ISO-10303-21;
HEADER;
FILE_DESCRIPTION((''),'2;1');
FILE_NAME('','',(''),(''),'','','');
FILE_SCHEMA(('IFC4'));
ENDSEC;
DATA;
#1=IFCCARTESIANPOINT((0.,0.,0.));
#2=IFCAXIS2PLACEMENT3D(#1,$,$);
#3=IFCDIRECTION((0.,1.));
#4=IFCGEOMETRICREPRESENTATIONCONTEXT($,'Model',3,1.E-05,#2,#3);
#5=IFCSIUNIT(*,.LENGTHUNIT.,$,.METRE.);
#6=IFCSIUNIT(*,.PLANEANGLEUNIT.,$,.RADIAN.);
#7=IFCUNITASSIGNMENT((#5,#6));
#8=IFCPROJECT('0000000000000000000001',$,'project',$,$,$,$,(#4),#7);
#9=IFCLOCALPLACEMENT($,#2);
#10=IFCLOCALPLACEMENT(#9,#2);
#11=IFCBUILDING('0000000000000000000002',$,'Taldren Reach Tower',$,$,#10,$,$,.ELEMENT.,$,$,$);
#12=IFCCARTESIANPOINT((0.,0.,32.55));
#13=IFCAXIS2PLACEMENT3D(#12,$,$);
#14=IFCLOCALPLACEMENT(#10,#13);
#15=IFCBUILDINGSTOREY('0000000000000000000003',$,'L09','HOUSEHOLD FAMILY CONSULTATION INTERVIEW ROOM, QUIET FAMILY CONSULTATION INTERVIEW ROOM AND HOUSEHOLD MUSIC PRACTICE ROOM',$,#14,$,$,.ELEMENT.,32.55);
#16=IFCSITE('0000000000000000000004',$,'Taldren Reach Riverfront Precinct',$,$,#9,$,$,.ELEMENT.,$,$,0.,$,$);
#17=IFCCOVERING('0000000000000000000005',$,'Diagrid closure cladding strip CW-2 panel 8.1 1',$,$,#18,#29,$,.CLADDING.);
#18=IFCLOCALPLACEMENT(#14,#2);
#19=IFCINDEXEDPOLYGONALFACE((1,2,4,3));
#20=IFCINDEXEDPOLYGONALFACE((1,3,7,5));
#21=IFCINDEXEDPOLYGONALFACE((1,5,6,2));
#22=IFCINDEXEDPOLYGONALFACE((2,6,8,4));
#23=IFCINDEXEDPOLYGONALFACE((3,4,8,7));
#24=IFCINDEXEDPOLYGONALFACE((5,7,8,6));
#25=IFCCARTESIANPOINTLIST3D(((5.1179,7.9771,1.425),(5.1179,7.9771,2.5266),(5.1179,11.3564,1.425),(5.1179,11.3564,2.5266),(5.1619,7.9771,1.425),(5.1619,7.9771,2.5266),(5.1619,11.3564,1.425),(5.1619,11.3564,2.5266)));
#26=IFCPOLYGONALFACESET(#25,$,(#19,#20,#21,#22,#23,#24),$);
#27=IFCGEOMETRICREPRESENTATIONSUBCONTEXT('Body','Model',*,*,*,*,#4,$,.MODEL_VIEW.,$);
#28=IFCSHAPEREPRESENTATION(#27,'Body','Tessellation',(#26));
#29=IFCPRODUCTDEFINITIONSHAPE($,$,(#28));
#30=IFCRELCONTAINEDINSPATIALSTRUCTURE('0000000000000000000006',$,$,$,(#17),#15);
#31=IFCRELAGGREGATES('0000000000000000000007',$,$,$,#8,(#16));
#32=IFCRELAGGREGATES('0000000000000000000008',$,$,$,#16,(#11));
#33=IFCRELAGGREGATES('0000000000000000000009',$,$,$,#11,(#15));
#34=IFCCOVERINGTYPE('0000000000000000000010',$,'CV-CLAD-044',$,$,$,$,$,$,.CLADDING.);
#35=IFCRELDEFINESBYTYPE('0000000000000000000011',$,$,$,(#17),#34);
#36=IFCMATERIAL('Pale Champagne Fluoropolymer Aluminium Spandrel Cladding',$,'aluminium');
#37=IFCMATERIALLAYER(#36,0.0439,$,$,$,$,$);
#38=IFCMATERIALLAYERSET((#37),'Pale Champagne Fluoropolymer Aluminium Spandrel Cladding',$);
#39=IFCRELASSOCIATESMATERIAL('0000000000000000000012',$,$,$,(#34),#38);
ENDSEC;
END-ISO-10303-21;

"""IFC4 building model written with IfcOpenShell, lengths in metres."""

from ifc_helpers import new_model, si_unit, direction, frame, origin, origin_2d, place, context, subcontext, project, spatial, rectangle, extrude, source, transform, mapped, material, layer, layer_set, type_object, element, save


model = new_model("IFC4")

# Units and contexts
model_context = context("Model", 3, precision=1e-05, world=origin(), true_north=direction((0.0, 1.0)))
body_context = subcontext(model_context, "Body", "Model", "MODEL_VIEW")
ifc_project = project(units=[si_unit("LENGTHUNIT", "METRE"), si_unit("PLANEANGLEUNIT", "RADIAN")], contexts=[model_context])

# Site, building, storey
site_placement = place(None, origin())
site = spatial("IfcSite", under=ifc_project, at=site_placement, Name="Taldren Reach Riverfront Precinct", CompositionType="ELEMENT", RefElevation=0.0)
building_placement = place(site_placement, origin())
building = spatial("IfcBuilding", under=site, at=building_placement, Name="Taldren Reach Tower", CompositionType="ELEMENT")
storey_placement = place(building_placement, frame((0.0, 0.0, 32.55)))
storey = spatial("IfcBuildingStorey", under=building, at=storey_placement, Name="L09", Description="HOUSEHOLD FAMILY CONSULTATION INTERVIEW ROOM, QUIET FAMILY CONSULTATION INTERVIEW ROOM AND HOUSEHOLD MUSIC PRACTICE ROOM", CompositionType="ELEMENT", Elevation=32.55)

# Covering
ifc_material_1 = material(Name="Pale Champagne Fluoropolymer Aluminium Spandrel Cladding", Category="aluminium")
ifc_layer_1 = layer(ifc_material_1, 0.0439)
ifc_layer_set_1 = layer_set([ifc_layer_1], Name="Pale Champagne Fluoropolymer Aluminium Spandrel Cladding")
covering_type = type_object("IfcCoveringType", Name="CV-CLAD-044", PredefinedType="CLADDING", material=ifc_layer_set_1)
shared_shape_1 = source(origin(), body_context, "Body", "SweptSolid", [
    extrude(rectangle(XDim=3.3794, YDim=0.0439, at=origin_2d()), origin(), (0.0, 0.0, 1.0), 1.1016),
])
for number, where, z_axis, x_axis, name in (
    (1, (5.1399, 9.6667, 1.425), (0.0, 0.0, 1.0), (0.0, -1.0, 0.0), "Diagrid closure cladding strip CW-2 panel 8.1 1"),
):
    element("IfcCovering", number, at=place(storey_placement, frame(where, z_axis=z_axis, x_axis=x_axis)), inside=storey, type_object=covering_type, Name=name, PredefinedType="CLADDING", context=body_context, shape_type="MappedRepresentation", body=[
        mapped(shared_shape_1, transform((0.0, 0.0, 0.0), scale=1.0)),
    ])

save(model, "model.ifc")
